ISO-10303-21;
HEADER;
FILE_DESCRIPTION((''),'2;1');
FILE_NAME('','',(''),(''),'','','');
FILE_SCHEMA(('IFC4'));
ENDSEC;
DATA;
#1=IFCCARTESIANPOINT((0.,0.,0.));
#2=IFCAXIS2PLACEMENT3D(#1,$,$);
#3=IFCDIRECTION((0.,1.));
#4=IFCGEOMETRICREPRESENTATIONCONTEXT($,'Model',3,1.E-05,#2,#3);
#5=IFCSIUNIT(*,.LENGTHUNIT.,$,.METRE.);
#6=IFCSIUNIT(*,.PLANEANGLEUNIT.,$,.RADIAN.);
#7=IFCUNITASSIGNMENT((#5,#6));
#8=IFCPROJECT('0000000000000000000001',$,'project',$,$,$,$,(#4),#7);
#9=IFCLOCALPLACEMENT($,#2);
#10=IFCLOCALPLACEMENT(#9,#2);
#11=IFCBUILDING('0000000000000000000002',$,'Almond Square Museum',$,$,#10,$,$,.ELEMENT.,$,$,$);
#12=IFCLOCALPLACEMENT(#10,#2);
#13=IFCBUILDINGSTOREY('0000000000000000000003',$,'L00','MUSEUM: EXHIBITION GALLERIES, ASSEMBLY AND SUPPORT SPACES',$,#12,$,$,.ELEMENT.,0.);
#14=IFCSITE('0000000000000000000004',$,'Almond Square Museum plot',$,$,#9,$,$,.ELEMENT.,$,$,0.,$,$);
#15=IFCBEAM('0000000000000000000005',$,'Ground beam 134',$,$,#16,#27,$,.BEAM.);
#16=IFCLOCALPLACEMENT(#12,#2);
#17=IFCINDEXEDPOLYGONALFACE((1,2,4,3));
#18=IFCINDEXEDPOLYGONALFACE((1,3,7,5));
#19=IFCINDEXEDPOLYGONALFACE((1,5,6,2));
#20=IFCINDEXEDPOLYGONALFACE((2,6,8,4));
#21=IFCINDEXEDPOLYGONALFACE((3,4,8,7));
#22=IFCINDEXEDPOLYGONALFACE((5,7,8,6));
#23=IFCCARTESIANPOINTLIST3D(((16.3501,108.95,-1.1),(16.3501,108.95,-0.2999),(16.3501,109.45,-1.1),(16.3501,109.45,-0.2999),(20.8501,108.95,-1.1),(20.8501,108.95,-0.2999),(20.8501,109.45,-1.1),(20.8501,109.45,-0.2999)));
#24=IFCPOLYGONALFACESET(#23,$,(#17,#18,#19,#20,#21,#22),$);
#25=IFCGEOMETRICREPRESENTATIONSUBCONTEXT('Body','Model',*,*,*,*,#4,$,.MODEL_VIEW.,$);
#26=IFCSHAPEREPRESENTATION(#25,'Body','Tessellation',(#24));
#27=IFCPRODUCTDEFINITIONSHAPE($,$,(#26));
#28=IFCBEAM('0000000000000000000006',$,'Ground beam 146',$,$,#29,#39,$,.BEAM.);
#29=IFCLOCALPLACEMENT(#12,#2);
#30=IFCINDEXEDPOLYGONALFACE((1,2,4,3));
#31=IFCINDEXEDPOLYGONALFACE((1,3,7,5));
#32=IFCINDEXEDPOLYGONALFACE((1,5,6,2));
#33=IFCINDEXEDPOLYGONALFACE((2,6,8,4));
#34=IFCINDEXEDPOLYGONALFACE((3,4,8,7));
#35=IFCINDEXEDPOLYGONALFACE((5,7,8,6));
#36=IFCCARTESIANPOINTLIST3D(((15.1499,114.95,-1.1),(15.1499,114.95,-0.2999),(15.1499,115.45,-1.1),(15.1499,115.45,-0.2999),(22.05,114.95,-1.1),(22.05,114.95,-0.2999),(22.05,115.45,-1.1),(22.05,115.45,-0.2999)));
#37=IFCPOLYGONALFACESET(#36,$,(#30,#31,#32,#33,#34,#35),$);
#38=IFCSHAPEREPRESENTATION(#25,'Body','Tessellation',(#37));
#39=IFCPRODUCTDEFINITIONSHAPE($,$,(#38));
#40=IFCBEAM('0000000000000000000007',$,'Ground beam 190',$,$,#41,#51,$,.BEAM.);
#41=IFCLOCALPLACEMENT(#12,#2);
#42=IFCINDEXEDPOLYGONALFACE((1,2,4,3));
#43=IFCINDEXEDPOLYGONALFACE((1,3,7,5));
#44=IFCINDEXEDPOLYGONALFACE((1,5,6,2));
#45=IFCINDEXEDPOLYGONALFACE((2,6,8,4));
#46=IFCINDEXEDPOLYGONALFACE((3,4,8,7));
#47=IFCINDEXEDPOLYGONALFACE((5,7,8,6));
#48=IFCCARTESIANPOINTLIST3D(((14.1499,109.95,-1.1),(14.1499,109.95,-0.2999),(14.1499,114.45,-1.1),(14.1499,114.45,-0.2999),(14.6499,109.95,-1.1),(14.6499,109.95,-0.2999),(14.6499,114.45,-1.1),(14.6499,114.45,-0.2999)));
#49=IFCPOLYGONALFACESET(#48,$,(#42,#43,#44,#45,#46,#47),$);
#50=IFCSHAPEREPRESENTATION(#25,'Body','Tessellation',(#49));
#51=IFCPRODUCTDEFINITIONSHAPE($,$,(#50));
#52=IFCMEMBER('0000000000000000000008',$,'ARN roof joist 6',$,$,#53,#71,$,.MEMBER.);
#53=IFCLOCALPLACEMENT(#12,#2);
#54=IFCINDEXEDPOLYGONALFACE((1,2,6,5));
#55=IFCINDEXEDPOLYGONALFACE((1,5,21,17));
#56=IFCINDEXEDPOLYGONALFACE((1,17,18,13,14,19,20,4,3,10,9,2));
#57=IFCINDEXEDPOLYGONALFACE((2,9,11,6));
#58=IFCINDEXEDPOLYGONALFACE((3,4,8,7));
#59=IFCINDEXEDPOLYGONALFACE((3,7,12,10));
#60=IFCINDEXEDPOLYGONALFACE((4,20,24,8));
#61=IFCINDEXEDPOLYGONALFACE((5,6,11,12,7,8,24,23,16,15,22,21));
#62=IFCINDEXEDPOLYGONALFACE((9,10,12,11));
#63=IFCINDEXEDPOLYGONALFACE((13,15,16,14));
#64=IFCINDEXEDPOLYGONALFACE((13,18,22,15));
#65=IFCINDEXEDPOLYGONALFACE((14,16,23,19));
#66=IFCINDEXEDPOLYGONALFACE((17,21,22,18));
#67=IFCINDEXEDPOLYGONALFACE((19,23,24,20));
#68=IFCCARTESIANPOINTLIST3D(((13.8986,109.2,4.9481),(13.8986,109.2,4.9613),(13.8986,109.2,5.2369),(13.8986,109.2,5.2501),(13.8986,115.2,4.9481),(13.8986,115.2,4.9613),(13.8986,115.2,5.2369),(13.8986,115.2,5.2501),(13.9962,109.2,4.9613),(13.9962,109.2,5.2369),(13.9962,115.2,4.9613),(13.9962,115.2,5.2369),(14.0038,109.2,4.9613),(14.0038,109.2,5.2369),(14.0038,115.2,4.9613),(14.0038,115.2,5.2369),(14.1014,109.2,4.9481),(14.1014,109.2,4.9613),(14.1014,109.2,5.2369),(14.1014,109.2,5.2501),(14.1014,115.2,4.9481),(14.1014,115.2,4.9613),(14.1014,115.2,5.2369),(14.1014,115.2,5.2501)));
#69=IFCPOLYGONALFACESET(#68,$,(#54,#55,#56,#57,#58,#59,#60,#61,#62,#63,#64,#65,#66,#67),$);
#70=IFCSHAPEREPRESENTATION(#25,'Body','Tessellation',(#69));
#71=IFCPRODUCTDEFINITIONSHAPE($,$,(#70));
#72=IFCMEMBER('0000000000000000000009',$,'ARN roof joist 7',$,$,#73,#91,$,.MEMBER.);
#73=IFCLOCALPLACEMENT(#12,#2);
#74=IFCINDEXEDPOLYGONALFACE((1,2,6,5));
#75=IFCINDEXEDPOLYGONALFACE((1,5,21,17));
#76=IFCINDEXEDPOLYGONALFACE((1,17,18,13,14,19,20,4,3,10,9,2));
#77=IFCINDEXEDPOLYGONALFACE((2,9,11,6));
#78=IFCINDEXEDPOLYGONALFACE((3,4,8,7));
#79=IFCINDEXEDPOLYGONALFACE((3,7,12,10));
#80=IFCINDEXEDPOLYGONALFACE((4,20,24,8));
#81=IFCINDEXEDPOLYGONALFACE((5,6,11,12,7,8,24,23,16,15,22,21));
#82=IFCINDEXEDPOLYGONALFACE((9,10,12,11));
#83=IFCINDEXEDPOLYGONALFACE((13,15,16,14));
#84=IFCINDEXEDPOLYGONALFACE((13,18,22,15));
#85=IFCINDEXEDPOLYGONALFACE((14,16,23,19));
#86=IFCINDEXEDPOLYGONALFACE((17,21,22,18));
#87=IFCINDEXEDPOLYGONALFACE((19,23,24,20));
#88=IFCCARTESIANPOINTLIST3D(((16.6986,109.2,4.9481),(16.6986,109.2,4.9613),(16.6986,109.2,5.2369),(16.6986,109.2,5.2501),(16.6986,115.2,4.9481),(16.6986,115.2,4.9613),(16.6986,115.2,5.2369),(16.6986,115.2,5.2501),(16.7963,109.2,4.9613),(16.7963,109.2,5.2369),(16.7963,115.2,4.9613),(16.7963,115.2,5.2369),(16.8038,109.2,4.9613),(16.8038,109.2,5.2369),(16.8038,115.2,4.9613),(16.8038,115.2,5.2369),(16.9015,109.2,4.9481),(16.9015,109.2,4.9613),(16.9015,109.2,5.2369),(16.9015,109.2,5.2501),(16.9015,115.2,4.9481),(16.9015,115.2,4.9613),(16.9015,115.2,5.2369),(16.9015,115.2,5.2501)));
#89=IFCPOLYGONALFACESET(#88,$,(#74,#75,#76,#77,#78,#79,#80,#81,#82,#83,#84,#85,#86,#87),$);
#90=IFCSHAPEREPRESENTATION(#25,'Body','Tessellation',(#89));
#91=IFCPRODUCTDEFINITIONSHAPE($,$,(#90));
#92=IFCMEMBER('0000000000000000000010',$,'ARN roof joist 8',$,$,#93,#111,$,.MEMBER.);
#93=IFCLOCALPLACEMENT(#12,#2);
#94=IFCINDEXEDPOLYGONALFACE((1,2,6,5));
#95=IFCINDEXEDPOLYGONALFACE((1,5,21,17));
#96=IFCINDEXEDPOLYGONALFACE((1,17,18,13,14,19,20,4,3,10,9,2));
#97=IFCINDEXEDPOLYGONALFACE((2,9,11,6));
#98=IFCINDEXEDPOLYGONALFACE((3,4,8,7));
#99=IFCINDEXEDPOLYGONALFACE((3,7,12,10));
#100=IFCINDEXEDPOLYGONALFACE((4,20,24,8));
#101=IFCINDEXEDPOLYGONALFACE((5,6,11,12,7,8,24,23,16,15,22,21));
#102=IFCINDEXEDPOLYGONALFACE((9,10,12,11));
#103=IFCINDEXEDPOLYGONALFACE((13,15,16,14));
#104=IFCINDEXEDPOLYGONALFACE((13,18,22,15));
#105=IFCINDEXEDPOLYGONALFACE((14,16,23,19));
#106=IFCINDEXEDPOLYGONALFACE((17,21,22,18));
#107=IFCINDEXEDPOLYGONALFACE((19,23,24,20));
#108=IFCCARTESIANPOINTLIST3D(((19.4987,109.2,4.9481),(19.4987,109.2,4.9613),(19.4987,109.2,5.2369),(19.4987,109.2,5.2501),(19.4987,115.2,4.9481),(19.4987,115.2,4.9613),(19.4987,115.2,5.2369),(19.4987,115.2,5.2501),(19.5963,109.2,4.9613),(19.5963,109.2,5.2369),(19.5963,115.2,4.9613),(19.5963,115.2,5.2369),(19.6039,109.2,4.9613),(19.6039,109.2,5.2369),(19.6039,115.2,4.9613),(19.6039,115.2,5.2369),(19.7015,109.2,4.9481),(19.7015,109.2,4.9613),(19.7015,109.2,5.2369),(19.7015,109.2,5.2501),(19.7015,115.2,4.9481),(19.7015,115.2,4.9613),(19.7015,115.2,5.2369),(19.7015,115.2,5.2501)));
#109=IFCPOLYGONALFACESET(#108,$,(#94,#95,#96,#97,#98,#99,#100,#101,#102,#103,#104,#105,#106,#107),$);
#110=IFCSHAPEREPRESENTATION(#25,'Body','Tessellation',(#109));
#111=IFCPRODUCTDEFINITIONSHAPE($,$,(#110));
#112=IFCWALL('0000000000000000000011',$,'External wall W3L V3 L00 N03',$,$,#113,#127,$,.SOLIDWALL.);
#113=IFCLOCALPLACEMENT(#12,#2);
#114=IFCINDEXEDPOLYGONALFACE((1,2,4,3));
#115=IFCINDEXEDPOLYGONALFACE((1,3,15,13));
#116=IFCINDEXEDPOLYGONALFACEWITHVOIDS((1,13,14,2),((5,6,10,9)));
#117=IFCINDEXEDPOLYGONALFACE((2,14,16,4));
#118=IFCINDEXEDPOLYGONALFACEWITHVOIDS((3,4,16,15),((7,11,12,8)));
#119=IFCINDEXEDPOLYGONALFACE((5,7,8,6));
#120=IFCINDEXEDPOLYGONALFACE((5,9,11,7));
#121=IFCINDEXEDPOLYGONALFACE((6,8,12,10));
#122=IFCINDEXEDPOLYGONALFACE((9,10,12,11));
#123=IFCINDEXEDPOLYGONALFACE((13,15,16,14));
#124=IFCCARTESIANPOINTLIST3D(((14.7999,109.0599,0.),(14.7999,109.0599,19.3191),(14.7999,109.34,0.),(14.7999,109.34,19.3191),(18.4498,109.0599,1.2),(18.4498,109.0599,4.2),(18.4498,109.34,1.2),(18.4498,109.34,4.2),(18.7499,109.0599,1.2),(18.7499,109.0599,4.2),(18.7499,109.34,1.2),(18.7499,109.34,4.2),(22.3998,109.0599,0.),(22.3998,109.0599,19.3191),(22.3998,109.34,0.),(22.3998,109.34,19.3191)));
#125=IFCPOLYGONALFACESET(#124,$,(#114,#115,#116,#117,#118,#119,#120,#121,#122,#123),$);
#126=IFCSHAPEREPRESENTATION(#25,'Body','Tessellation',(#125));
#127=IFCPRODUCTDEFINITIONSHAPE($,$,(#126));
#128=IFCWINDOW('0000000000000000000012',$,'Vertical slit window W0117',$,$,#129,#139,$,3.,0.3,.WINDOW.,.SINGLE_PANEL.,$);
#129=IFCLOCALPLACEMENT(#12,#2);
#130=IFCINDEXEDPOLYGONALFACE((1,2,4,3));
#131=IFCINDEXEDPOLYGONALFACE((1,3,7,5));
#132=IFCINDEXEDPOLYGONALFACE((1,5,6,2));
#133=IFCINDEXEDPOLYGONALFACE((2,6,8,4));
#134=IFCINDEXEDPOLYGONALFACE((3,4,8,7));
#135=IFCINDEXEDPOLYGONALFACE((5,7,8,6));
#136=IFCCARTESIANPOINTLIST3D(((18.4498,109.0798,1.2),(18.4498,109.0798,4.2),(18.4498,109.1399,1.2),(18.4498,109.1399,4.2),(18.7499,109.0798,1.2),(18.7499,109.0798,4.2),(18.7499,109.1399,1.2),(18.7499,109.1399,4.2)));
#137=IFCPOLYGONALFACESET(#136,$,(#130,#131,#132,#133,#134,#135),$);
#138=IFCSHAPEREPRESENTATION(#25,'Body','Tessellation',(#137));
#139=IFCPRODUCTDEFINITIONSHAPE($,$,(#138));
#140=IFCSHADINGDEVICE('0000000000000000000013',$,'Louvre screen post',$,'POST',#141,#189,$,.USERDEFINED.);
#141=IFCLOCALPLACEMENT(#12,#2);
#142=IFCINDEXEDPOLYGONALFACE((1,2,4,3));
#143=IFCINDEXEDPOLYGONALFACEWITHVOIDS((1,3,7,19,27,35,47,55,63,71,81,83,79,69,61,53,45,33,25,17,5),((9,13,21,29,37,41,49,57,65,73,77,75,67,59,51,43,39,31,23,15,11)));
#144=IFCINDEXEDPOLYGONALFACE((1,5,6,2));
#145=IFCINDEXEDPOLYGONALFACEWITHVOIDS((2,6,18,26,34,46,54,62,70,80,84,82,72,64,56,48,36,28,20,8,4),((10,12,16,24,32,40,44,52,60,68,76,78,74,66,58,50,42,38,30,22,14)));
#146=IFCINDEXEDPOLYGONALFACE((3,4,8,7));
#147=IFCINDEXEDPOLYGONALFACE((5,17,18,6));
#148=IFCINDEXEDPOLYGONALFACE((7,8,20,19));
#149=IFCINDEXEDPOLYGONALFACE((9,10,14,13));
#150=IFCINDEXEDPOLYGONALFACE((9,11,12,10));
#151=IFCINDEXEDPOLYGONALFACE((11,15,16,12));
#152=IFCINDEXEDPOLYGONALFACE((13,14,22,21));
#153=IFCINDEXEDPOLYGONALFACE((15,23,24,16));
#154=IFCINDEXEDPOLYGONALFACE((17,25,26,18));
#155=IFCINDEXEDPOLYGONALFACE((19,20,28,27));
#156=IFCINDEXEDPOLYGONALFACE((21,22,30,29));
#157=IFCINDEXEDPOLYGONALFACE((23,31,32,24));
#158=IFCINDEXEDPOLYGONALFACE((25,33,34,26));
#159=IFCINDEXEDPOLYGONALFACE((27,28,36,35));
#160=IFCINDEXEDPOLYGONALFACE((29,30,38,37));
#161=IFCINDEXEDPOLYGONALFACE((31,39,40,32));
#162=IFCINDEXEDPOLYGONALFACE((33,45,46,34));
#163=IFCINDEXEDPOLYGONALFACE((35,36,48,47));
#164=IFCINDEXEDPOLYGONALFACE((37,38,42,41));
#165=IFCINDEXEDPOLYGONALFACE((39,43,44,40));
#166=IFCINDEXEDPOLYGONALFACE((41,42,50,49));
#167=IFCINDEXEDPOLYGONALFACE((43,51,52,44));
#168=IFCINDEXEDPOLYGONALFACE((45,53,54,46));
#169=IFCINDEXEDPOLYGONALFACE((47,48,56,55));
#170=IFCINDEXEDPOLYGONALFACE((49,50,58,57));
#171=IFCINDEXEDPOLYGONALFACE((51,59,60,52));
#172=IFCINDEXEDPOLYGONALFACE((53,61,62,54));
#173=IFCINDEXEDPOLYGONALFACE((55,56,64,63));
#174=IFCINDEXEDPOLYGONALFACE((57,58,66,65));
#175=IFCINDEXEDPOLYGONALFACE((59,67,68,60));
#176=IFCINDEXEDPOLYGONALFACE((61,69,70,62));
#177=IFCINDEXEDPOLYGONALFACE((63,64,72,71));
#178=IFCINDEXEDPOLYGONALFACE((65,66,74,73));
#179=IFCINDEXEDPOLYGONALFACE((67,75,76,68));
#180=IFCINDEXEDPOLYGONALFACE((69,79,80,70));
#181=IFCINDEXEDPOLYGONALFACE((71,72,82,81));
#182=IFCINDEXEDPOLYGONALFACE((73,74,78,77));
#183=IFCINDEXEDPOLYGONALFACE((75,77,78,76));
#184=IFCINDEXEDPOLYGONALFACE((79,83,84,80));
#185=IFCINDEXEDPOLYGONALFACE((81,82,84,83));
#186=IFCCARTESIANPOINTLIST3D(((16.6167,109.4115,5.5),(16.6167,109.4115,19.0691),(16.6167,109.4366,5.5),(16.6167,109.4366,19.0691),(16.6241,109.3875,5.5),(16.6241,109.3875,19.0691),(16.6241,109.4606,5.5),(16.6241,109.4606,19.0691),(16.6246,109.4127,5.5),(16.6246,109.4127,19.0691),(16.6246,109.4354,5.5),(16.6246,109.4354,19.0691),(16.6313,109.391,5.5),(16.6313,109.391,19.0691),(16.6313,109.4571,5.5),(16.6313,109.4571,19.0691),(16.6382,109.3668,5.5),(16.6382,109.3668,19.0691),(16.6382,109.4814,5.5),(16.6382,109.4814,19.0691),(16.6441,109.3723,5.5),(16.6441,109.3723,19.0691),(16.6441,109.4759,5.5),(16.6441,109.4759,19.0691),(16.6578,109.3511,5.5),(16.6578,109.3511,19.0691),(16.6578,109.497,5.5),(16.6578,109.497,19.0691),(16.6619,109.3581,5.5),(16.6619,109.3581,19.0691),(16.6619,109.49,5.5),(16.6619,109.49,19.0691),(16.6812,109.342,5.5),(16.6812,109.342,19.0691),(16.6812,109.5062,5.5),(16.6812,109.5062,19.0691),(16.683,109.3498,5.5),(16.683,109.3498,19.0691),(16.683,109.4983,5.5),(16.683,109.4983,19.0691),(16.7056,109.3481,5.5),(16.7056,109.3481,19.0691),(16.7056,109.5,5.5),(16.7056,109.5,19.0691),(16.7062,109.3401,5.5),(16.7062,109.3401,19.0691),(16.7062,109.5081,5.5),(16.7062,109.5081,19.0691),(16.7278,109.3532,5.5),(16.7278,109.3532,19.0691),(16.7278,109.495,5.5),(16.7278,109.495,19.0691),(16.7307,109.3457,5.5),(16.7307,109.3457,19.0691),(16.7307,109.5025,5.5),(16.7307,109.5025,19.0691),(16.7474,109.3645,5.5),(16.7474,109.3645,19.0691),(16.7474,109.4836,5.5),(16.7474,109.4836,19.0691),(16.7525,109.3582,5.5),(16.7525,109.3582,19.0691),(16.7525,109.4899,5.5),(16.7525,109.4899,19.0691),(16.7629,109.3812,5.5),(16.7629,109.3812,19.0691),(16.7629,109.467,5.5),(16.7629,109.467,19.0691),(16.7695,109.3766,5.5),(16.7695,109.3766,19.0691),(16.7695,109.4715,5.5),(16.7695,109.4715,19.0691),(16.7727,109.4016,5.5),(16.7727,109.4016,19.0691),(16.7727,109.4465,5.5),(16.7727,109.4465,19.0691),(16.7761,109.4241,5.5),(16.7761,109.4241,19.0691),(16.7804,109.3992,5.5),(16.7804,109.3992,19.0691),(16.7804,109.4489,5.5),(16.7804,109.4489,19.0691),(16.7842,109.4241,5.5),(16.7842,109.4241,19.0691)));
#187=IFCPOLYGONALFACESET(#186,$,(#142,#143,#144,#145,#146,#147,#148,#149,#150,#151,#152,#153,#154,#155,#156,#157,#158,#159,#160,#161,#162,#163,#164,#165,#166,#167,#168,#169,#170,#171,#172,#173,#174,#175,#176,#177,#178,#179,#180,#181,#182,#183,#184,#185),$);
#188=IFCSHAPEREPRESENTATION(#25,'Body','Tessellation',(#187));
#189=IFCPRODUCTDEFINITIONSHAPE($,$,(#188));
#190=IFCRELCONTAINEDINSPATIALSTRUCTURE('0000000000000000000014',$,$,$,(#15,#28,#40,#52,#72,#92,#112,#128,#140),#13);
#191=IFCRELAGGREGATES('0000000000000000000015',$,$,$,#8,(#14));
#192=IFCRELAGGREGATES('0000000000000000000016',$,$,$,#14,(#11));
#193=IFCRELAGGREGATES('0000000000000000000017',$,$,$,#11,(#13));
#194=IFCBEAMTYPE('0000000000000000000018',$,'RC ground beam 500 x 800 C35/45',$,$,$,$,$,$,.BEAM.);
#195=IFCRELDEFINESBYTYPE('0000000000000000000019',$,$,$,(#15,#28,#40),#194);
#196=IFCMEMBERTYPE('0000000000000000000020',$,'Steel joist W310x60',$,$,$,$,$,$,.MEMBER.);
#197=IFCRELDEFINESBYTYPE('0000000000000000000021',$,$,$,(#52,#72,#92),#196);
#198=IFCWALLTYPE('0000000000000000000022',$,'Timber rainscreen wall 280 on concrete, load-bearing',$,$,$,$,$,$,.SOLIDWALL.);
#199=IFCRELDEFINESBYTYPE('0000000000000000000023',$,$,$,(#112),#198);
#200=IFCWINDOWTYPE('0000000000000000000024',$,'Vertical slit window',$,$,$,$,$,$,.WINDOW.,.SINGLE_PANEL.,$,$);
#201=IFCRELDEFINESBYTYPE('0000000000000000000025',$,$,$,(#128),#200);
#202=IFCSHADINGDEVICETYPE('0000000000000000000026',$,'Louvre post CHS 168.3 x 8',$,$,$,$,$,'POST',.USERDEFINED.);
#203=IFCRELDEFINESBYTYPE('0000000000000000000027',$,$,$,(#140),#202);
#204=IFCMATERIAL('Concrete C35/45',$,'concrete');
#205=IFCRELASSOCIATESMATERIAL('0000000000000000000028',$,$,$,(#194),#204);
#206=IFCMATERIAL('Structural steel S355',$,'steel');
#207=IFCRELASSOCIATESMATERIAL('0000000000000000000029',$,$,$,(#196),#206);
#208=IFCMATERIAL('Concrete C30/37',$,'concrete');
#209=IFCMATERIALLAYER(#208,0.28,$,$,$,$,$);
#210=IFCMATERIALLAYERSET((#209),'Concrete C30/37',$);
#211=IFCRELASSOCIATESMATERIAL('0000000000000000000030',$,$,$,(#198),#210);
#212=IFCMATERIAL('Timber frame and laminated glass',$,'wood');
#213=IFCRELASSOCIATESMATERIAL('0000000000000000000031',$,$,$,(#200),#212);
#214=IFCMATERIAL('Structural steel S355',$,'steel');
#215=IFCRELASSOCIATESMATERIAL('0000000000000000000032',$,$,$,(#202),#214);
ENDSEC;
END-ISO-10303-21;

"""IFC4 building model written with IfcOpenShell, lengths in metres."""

from ifc_helpers import new_model, si_unit, direction, frame, frame_2d, origin, origin_2d, place, context, subcontext, project, spatial, rectangle, hollow_circle, i_section, extrude, material, layer, layer_set, material_profile, profile_set, type_object, element, fill, save


model = new_model("IFC4")

# Units and contexts
model_context = context("Model", 3, precision=1e-05, world=origin(), true_north=direction((0.0, 1.0)))
body_context = subcontext(model_context, "Body", "Model", "MODEL_VIEW")
ifc_project = project(units=[si_unit("LENGTHUNIT", "METRE"), si_unit("PLANEANGLEUNIT", "RADIAN")], contexts=[model_context])

# Site, building, storey
site_placement = place(None, origin())
site = spatial("IfcSite", under=ifc_project, at=site_placement, Name="Almond Square Museum plot", CompositionType="ELEMENT", RefElevation=0.0)
building_placement = place(site_placement, origin())
building = spatial("IfcBuilding", under=site, at=building_placement, Name="Almond Square Museum", CompositionType="ELEMENT")
storey_placement = place(building_placement, origin())
storey = spatial("IfcBuildingStorey", under=building, at=storey_placement, Name="L00", Description="MUSEUM: EXHIBITION GALLERIES, ASSEMBLY AND SUPPORT SPACES", CompositionType="ELEMENT", Elevation=0.0)

# Beams
ifc_material_1 = material(Name="Concrete C35/45", Category="concrete")
ifc_material_profile_1 = material_profile(ifc_material_1, rectangle(XDim=0.5, YDim=0.8, at=origin_2d()))
ifc_profile_set_1 = profile_set([ifc_material_profile_1], Name="Concrete C35/45")
beam_type_1 = type_object("IfcBeamType", Name="RC ground beam 500 x 800 C35/45", PredefinedType="BEAM", material=ifc_profile_set_1)
beam_1_placement = place(storey_placement, frame((16.3501, 109.2, -0.7), z_axis=(1.0, 0.0, 0.0), x_axis=(0.0, 1.0, 0.0)))
element("IfcBeam", 1, at=beam_1_placement, inside=storey, type_object=beam_type_1, Name="Ground beam 134", PredefinedType="BEAM", context=body_context, shape_type="SweptSolid", body=[
    extrude(rectangle(XDim=0.5, YDim=0.8, at=origin_2d()), origin(), (0.0, 0.0, 1.0), 4.5),
])
beam_2_placement = place(storey_placement, frame((15.1499, 115.2, -0.7), z_axis=(1.0, 0.0, 0.0), x_axis=(0.0, 1.0, 0.0)))
element("IfcBeam", 2, at=beam_2_placement, inside=storey, type_object=beam_type_1, Name="Ground beam 146", PredefinedType="BEAM", context=body_context, shape_type="SweptSolid", body=[
    extrude(rectangle(XDim=0.5, YDim=0.8, at=origin_2d()), origin(), (0.0, 0.0, 1.0), 6.9001),
])
beam_3_placement = place(storey_placement, frame((14.3999, 109.95, -0.7), z_axis=(0.0, 1.0, 0.0), x_axis=(-1.0, 0.0, 0.0)))
element("IfcBeam", 3, at=beam_3_placement, inside=storey, type_object=beam_type_1, Name="Ground beam 190", PredefinedType="BEAM", context=body_context, shape_type="SweptSolid", body=[
    extrude(rectangle(XDim=0.5, YDim=0.8, at=origin_2d()), origin(), (0.0, 0.0, 1.0), 4.5),
])

# Members
ifc_material_2 = material(Name="Structural steel S355", Category="steel")
ifc_material_profile_2 = material_profile(ifc_material_2, i_section(OverallWidth=0.2029, OverallDepth=0.302, WebThickness=0.0076, FlangeThickness=0.0132, at=origin_2d()))
ifc_profile_set_2 = profile_set([ifc_material_profile_2], Name="Structural steel S355")
member_type = type_object("IfcMemberType", Name="Steel joist W310x60", PredefinedType="MEMBER", material=ifc_profile_set_2)
for number, where, z_axis, x_axis, name in (
    (4, (14.0, 109.2, 5.0991), (0.0, 1.0, 0.0), (-1.0, 0.0, 0.0), "ARN roof joist 6"),
    (5, (16.8, 109.2, 5.0991), (0.0, 1.0, 0.0), (-1.0, 0.0, 0.0), "ARN roof joist 7"),
    (6, (19.6001, 109.2, 5.0991), (0.0, 1.0, 0.0), (-1.0, 0.0, 0.0), "ARN roof joist 8"),
):
    element("IfcMember", number, at=place(storey_placement, frame(where, z_axis=z_axis, x_axis=x_axis)), inside=storey, type_object=member_type, Name=name, PredefinedType="MEMBER", context=body_context, shape_type="SweptSolid", body=[
        extrude(i_section(OverallWidth=0.2029, OverallDepth=0.302, WebThickness=0.0076, FlangeThickness=0.0132, at=origin_2d()), origin(), (0.0, 0.0, 1.0), 6.0),
    ])

# Wall, opening, window
ifc_material_3 = material(Name="Concrete C30/37", Category="concrete")
ifc_layer_1 = layer(ifc_material_3, 0.28)
ifc_layer_set_1 = layer_set([ifc_layer_1], Name="Concrete C30/37")
wall_type = type_object("IfcWallType", Name="Timber rainscreen wall 280 on concrete, load-bearing", PredefinedType="SOLIDWALL", material=ifc_layer_set_1)
wall_placement = place(storey_placement, frame((14.8, 109.2, 0.0), z_axis=(0.0, 0.0, 1.0), x_axis=(1.0, 0.0, 0.0)))
wall = element("IfcWall", 7, at=wall_placement, inside=storey, type_object=wall_type, Name="External wall W3L V3 L00 N03", PredefinedType="SOLIDWALL", context=body_context, shape_type="SweptSolid", body=[
    extrude(rectangle(XDim=7.5999, YDim=0.28, at=frame_2d((3.7998, 0.0))), origin(), (0.0, 0.0, 1.0), 19.3191),
])
opening_placement = place(wall_placement, frame((3.6499, 0.0, 1.2)))
opening = element("IfcOpeningElement", 8, at=opening_placement, cuts=wall, PredefinedType="OPENING", context=body_context, shape_type="SweptSolid", body=[
    extrude(rectangle(XDim=0.3, YDim=3.0, at=frame_2d((0.1499, 1.5))), frame((0.0, 0.1499, 0.0), z_axis=(0.0, -1.0, 0.0), x_axis=(1.0, 0.0, 0.0)), (0.0, 0.0, 1.0), 0.3),
])
ifc_material_4 = material(Name="Timber frame and laminated glass", Category="wood")
window_type = type_object("IfcWindowType", Name="Vertical slit window", PartitioningType="SINGLE_PANEL", PredefinedType="WINDOW", material=ifc_material_4)
window_placement = place(opening_placement, origin())
window = element("IfcWindow", 9, at=window_placement, inside=storey, type_object=window_type, Name="Vertical slit window W0117", OverallHeight=3.0, OverallWidth=0.3, PartitioningType="SINGLE_PANEL", PredefinedType="WINDOW", context=body_context, shape_type="SweptSolid", body=[
    extrude(rectangle(XDim=0.3, YDim=3.0, at=frame_2d((0.1499, 1.5))), frame((0.0, -0.0601, 0.0), z_axis=(0.0, -1.0, 0.0), x_axis=(1.0, 0.0, 0.0)), (0.0, 0.0, 1.0), 0.0601),
])
fill(opening, window)

# Shading device
ifc_material_5 = material(Name="Structural steel S355", Category="steel")
ifc_material_profile_3 = material_profile(ifc_material_5, hollow_circle(Radius=0.0842, WallThickness=0.0081, at=origin_2d()))
ifc_profile_set_3 = profile_set([ifc_material_profile_3], Name="Structural steel S355")
shading_device_type_1 = type_object("IfcShadingDeviceType", Name="Louvre post CHS 168.3 x 8", ElementType="POST", PredefinedType="USERDEFINED", material=ifc_profile_set_3)
for number, where, z_axis, x_axis, name in (
    (10, (16.7, 109.4241, 5.5), (0.0, 0.0, 1.0), (1.0, 0.0, 0.0), "Louvre screen post"),
):
    element("IfcShadingDevice", number, at=place(storey_placement, frame(where, z_axis=z_axis, x_axis=x_axis)), inside=storey, type_object=shading_device_type_1, Name=name, ObjectType="POST", PredefinedType="USERDEFINED", context=body_context, shape_type="SweptSolid", body=[
        extrude(hollow_circle(Radius=0.0842, WallThickness=0.0081, at=origin_2d()), origin(), (0.0, 0.0, 1.0), 13.5691),
    ])

save(model, "model.ifc")
